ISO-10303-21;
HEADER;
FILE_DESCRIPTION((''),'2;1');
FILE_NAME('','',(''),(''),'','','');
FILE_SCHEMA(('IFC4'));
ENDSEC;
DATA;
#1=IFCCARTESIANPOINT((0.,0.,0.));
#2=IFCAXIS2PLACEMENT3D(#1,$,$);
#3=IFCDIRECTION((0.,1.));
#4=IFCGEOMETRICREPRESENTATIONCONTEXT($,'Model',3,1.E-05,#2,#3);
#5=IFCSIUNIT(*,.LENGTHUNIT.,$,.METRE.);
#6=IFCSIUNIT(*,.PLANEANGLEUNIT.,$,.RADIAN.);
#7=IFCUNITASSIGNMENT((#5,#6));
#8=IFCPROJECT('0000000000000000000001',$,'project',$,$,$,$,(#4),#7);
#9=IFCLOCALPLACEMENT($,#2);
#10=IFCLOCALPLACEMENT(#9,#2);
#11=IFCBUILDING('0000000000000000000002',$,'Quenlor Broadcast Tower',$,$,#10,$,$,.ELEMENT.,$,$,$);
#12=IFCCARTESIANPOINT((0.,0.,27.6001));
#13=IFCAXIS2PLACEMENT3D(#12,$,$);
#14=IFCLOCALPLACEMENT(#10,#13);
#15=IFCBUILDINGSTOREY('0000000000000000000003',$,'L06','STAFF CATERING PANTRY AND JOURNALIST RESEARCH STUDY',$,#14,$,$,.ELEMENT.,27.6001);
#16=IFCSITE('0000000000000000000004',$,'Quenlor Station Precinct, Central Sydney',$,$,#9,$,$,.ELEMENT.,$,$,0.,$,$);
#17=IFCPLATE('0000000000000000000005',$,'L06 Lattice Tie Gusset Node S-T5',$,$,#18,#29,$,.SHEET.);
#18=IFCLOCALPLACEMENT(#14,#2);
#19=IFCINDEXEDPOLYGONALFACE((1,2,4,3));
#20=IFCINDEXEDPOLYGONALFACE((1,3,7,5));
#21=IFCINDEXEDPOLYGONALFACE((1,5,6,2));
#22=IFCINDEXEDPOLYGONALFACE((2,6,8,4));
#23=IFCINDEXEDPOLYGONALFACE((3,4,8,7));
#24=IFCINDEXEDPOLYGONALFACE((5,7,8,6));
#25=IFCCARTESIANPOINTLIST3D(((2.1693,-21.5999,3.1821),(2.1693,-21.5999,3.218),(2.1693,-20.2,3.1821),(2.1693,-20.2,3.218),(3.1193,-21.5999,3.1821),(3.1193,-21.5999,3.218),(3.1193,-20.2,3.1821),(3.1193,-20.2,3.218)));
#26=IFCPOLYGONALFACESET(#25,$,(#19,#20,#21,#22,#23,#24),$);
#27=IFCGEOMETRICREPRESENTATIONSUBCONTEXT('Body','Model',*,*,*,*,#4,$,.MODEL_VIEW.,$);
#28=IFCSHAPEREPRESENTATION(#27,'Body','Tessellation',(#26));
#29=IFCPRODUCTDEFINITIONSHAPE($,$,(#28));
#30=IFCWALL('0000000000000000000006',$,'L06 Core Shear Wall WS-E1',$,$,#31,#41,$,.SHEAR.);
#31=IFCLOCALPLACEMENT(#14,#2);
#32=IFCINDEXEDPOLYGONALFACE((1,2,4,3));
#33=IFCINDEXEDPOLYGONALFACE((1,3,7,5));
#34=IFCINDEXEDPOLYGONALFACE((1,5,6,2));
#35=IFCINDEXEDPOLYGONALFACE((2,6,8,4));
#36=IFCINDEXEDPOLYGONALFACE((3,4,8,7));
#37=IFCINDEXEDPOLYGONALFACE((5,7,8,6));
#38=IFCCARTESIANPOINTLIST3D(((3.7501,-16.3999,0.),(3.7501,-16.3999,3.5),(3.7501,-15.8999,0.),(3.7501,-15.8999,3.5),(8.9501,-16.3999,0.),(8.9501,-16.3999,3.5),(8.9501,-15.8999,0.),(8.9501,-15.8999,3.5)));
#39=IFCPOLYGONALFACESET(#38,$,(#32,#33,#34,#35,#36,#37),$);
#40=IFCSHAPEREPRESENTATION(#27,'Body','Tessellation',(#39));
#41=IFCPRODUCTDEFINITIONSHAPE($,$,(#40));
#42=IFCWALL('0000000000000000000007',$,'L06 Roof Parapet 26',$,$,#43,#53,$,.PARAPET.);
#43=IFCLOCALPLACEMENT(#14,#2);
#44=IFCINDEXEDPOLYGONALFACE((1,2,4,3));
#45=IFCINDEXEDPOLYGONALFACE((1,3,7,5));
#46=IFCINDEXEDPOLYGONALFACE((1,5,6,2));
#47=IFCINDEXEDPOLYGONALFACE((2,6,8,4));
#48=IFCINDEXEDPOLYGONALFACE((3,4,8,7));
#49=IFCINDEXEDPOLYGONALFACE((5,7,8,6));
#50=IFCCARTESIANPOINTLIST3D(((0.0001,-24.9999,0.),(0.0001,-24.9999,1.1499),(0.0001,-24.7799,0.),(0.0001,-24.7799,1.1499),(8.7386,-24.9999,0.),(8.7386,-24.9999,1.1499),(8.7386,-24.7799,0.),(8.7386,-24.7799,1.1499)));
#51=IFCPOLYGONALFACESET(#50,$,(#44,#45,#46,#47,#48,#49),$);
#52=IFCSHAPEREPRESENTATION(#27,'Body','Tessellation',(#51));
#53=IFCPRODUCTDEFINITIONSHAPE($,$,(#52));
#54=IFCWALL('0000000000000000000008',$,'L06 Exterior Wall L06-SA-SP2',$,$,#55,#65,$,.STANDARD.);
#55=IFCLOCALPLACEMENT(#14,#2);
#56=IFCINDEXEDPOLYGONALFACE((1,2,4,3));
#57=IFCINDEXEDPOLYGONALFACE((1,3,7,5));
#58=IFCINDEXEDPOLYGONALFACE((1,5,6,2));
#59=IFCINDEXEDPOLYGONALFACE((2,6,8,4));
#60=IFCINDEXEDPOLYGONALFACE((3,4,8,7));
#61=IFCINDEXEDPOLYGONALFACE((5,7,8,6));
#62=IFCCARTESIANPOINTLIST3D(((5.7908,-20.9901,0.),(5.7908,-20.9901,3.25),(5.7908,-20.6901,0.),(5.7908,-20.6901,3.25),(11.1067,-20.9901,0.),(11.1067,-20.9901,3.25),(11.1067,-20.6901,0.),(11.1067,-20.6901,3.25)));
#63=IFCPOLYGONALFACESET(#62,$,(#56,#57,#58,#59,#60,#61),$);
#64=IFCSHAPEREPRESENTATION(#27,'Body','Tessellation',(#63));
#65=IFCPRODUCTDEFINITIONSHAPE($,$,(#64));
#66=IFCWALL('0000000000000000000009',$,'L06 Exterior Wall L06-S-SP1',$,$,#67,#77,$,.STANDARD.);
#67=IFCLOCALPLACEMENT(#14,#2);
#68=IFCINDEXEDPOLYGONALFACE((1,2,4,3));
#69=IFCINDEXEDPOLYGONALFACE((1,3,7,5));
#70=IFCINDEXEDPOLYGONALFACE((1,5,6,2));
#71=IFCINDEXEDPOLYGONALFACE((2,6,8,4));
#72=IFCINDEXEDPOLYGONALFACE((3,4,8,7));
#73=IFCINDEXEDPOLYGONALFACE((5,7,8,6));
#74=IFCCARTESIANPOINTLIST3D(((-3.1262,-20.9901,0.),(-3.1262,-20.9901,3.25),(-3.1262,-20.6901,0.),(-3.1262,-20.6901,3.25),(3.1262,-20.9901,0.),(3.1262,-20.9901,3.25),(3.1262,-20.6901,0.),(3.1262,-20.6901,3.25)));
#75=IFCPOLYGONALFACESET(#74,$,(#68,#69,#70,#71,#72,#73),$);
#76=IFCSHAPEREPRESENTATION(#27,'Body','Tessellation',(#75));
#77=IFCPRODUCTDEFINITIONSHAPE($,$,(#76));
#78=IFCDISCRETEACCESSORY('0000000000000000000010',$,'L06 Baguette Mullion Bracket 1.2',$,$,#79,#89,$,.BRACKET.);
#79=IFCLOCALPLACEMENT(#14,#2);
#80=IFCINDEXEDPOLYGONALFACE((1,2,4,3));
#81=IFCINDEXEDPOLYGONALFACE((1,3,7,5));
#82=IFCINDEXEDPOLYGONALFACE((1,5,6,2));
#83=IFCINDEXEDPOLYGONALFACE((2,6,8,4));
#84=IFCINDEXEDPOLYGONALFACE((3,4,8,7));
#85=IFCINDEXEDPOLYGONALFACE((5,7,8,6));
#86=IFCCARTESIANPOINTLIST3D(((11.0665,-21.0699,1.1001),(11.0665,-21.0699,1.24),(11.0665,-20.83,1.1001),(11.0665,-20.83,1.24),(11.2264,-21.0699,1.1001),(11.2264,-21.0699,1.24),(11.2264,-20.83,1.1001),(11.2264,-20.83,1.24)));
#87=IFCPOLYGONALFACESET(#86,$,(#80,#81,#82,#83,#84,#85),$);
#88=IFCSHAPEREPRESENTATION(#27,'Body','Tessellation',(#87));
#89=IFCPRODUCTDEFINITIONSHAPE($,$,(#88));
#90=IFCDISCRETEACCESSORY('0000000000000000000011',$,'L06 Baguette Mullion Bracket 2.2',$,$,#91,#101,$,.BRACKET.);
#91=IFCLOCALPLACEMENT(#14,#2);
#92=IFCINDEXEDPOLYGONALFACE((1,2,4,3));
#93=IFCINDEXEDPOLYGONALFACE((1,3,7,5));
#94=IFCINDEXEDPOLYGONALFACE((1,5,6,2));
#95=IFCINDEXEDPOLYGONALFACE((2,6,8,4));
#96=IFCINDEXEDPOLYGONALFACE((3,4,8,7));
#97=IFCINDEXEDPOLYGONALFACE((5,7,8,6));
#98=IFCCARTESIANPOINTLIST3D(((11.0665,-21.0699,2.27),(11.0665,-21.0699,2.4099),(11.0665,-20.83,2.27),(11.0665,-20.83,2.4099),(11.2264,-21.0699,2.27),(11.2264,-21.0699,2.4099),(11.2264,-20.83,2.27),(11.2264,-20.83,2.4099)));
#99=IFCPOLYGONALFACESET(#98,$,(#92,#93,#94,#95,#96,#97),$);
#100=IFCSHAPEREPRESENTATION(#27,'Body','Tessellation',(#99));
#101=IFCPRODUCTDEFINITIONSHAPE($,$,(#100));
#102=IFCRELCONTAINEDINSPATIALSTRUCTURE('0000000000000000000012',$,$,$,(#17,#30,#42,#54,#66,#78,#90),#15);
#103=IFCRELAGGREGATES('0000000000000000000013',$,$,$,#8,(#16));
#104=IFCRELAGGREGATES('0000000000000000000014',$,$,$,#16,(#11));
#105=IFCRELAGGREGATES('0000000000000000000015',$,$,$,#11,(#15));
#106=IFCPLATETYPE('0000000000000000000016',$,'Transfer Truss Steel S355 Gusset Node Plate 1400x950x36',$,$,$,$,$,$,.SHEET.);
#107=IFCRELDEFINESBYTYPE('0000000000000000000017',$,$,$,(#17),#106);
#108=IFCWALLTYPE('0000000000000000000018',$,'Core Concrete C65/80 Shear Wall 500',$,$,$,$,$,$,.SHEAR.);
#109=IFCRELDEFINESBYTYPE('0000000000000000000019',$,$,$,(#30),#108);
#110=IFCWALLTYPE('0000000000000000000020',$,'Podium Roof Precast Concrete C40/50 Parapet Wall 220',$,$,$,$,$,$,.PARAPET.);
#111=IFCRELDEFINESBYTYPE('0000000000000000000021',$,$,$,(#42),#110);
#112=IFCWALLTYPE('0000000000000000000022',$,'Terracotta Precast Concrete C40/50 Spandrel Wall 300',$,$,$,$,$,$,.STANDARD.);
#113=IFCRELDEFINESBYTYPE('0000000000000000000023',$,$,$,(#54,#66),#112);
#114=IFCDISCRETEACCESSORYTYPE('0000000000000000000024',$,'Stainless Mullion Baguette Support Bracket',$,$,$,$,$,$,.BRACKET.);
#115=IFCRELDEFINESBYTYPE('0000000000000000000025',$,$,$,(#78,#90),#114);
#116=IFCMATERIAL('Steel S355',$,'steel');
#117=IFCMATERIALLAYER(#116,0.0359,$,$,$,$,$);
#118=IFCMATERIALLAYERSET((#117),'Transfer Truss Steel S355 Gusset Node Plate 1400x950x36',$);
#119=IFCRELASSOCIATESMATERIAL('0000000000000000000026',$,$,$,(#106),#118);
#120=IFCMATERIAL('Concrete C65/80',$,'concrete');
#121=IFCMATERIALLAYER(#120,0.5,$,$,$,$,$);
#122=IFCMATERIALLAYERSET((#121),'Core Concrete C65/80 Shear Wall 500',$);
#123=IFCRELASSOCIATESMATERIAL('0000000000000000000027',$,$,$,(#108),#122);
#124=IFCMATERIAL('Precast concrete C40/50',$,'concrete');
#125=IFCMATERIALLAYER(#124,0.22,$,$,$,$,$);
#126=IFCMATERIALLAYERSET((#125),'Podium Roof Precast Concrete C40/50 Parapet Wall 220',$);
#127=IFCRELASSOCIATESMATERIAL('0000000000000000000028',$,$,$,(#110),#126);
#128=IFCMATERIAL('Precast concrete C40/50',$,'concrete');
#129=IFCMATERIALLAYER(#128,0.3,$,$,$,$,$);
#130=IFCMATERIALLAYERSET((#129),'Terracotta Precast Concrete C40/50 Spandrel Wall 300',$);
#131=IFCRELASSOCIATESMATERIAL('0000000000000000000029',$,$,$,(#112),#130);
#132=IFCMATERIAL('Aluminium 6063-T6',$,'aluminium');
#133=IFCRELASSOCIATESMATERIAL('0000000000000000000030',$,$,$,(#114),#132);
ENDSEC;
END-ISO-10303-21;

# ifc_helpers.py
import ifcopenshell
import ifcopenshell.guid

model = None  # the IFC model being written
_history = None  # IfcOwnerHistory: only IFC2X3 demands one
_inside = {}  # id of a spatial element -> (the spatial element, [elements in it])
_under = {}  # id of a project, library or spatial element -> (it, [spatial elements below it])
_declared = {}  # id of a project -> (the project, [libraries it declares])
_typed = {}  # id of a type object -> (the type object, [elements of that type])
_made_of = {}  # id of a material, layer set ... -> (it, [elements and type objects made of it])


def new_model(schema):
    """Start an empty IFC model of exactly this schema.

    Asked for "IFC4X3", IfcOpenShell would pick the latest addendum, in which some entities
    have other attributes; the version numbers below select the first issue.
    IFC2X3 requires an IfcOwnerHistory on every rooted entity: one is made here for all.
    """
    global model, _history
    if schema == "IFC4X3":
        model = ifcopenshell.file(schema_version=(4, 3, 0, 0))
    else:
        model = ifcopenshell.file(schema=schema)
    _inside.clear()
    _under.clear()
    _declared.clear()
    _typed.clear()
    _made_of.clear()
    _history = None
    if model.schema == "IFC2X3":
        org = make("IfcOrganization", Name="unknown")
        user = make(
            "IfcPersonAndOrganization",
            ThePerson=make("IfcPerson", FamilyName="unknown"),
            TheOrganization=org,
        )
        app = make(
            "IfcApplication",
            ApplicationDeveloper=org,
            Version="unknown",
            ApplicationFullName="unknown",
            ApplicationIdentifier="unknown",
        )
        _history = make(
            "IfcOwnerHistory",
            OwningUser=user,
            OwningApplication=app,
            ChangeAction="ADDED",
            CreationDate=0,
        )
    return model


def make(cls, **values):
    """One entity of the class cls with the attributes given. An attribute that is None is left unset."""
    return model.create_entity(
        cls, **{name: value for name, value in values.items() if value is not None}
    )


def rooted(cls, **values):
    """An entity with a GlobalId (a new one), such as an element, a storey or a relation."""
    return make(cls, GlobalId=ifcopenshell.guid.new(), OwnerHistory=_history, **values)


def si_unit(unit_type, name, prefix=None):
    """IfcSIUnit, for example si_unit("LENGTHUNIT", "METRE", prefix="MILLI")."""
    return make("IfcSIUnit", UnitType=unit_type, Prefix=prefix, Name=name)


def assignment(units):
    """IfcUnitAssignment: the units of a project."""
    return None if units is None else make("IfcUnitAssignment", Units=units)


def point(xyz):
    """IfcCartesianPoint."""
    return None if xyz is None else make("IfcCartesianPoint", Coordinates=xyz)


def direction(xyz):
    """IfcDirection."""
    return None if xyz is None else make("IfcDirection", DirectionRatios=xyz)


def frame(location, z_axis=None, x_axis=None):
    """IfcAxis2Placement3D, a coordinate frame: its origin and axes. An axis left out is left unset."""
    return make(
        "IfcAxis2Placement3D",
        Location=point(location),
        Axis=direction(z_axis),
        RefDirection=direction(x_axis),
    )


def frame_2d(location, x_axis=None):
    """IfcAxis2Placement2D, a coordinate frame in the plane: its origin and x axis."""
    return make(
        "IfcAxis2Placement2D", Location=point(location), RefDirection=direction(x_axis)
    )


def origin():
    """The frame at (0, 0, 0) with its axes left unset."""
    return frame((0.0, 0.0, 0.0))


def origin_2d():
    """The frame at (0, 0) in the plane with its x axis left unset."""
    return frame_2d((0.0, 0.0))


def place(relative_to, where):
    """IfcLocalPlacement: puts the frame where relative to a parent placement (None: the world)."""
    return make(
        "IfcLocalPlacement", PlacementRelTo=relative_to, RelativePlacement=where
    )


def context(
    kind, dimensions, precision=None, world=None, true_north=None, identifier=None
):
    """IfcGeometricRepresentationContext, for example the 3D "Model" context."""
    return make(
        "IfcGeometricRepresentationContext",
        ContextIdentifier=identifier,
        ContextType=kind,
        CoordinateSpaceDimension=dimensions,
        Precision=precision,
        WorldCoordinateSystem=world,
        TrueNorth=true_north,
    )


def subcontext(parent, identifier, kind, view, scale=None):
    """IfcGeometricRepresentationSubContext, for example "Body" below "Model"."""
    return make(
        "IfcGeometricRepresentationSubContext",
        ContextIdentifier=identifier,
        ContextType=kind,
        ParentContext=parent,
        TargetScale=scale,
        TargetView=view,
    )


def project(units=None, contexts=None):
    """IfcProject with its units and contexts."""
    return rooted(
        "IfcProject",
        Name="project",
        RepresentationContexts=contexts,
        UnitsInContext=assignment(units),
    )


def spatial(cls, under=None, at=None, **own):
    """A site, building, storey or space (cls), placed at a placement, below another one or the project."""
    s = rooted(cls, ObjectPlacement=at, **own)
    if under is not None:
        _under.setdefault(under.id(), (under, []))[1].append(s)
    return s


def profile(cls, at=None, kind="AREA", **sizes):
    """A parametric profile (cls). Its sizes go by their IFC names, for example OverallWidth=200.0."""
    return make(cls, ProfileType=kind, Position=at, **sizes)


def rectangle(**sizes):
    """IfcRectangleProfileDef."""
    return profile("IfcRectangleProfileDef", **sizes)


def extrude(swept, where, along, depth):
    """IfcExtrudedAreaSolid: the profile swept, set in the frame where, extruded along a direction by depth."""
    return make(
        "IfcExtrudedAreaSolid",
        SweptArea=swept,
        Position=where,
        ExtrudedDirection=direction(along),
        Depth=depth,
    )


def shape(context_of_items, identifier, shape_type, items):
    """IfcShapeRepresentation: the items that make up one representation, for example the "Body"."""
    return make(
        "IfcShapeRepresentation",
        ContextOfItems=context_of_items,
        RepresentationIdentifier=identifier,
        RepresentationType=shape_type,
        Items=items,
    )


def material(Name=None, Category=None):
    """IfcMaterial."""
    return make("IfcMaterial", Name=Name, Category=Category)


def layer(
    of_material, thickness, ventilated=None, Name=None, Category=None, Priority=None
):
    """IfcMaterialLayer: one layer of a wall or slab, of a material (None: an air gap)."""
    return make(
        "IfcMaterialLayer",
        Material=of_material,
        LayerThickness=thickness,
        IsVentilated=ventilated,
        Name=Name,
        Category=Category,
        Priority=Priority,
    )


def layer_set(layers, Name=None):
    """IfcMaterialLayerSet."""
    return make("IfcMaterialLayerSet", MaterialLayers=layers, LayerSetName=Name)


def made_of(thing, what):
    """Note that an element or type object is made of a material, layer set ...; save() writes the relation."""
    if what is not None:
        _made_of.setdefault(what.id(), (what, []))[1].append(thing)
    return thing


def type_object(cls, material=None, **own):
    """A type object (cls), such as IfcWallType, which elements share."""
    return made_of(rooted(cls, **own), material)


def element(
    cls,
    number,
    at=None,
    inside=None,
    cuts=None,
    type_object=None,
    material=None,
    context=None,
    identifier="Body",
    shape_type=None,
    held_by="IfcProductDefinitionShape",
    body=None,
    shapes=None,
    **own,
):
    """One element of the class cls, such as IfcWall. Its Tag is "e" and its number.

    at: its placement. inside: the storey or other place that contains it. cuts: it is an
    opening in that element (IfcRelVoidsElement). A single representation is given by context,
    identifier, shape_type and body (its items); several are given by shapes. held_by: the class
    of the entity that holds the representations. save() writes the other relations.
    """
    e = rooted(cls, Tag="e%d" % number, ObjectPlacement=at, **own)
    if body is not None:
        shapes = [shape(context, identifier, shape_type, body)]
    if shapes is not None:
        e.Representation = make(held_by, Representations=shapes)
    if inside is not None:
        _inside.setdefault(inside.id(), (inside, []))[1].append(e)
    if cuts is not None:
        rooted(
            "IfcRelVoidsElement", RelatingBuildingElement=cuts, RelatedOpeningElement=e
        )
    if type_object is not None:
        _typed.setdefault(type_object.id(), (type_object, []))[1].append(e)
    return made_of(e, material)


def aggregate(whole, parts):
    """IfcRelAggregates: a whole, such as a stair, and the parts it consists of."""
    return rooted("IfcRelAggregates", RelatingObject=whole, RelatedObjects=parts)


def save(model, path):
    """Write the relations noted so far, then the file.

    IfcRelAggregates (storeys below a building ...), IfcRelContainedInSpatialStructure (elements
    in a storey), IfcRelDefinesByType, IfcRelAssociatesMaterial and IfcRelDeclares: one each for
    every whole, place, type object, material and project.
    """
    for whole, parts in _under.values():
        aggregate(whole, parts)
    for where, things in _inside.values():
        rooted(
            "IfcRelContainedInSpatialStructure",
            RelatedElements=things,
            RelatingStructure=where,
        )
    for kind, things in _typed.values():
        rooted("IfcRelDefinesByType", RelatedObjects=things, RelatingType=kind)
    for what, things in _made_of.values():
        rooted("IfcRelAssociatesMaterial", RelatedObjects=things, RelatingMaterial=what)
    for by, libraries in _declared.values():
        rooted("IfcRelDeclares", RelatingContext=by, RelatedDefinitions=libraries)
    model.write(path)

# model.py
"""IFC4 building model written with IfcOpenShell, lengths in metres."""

from ifc_helpers import new_model, si_unit, direction, frame, frame_2d, origin, origin_2d, place, context, subcontext, project, spatial, rectangle, extrude, material, layer, layer_set, type_object, element, save


model = new_model("IFC4")

# Units and contexts
model_context = context("Model", 3, precision=1e-05, world=origin(), true_north=direction((0.0, 1.0)))
body_context = subcontext(model_context, "Body", "Model", "MODEL_VIEW")
ifc_project = project(units=[si_unit("LENGTHUNIT", "METRE"), si_unit("PLANEANGLEUNIT", "RADIAN")], contexts=[model_context])

# Site, building, storey
site_placement = place(None, origin())
site = spatial("IfcSite", under=ifc_project, at=site_placement, Name="Quenlor Station Precinct, Central Sydney", CompositionType="ELEMENT", RefElevation=0.0)
building_placement = place(site_placement, origin())
building = spatial("IfcBuilding", under=site, at=building_placement, Name="Quenlor Broadcast Tower", CompositionType="ELEMENT")
storey_placement = place(building_placement, frame((0.0, 0.0, 27.6001)))
storey = spatial("IfcBuildingStorey", under=building, at=storey_placement, Name="L06", Description="STAFF CATERING PANTRY AND JOURNALIST RESEARCH STUDY", CompositionType="ELEMENT", Elevation=27.6001)

# Plate
ifc_material_1 = material(Name="Steel S355", Category="steel")
ifc_layer_1 = layer(ifc_material_1, 0.0359)
ifc_layer_set_1 = layer_set([ifc_layer_1], Name="Transfer Truss Steel S355 Gusset Node Plate 1400x950x36")
plate_type_1 = type_object("IfcPlateType", Name="Transfer Truss Steel S355 Gusset Node Plate 1400x950x36", PredefinedType="SHEET", material=ifc_layer_set_1)
for number, where, z_axis, x_axis, name in (
    (1, (2.6443, -20.8999, 3.1821), (0.0, 0.0, 1.0), (0.0, -1.0, 0.0), "L06 Lattice Tie Gusset Node S-T5"),
):
    element("IfcPlate", number, at=place(storey_placement, frame(where, z_axis=z_axis, x_axis=x_axis)), inside=storey, type_object=plate_type_1, Name=name, PredefinedType="SHEET", context=body_context, shape_type="SweptSolid", body=[
        extrude(rectangle(XDim=1.3999, YDim=0.95, at=origin_2d()), origin(), (0.0, 0.0, 1.0), 0.0359),
    ])

# Walls
ifc_material_2 = material(Name="Concrete C65/80", Category="concrete")
ifc_layer_2 = layer(ifc_material_2, 0.5)
ifc_layer_set_2 = layer_set([ifc_layer_2], Name="Core Concrete C65/80 Shear Wall 500")
wall_type_1 = type_object("IfcWallType", Name="Core Concrete C65/80 Shear Wall 500", PredefinedType="SHEAR", material=ifc_layer_set_2)
wall_1_placement = place(storey_placement, frame((3.75, -16.1499, 0.0), z_axis=(0.0, 0.0, 1.0), x_axis=(1.0, 0.0, 0.0)))
element("IfcWall", 2, at=wall_1_placement, inside=storey, type_object=wall_type_1, Name="L06 Core Shear Wall WS-E1", PredefinedType="SHEAR", context=body_context, shape_type="SweptSolid", body=[
    extrude(rectangle(XDim=5.2, YDim=0.5, at=frame_2d((2.6001, 0.0))), origin(), (0.0, 0.0, 1.0), 3.5),
])
ifc_material_3 = material(Name="Precast concrete C40/50", Category="concrete")
ifc_layer_3 = layer(ifc_material_3, 0.22)
ifc_layer_set_3 = layer_set([ifc_layer_3], Name="Podium Roof Precast Concrete C40/50 Parapet Wall 220")
wall_type_2 = type_object("IfcWallType", Name="Podium Roof Precast Concrete C40/50 Parapet Wall 220", PredefinedType="PARAPET", material=ifc_layer_set_3)
wall_2_placement = place(storey_placement, frame((8.7385, -24.8899, 0.0), z_axis=(0.0, 0.0, 1.0), x_axis=(-1.0, 0.0, 0.0)))
element("IfcWall", 3, at=wall_2_placement, inside=storey, type_object=wall_type_2, Name="L06 Roof Parapet 26", PredefinedType="PARAPET", context=body_context, shape_type="SweptSolid", body=[
    extrude(rectangle(XDim=8.7385, YDim=0.22, at=frame_2d((4.3691, 0.0))), origin(), (0.0, 0.0, 1.0), 1.1499),
])
ifc_material_4 = material(Name="Precast concrete C40/50", Category="concrete")
ifc_layer_4 = layer(ifc_material_4, 0.3)
ifc_layer_set_4 = layer_set([ifc_layer_4], Name="Terracotta Precast Concrete C40/50 Spandrel Wall 300")
wall_type_3 = type_object("IfcWallType", Name="Terracotta Precast Concrete C40/50 Spandrel Wall 300", PredefinedType="STANDARD", material=ifc_layer_set_4)
wall_3_placement = place(storey_placement, frame((11.1067, -20.8401, 0.0), z_axis=(0.0, 0.0, 1.0), x_axis=(-1.0, 0.0, 0.0)))
element("IfcWall", 4, at=wall_3_placement, inside=storey, type_object=wall_type_3, Name="L06 Exterior Wall L06-SA-SP2", PredefinedType="STANDARD", context=body_context, shape_type="SweptSolid", body=[
    extrude(rectangle(XDim=5.3159, YDim=0.3, at=frame_2d((2.658, 0.0))), origin(), (0.0, 0.0, 1.0), 3.25),
])
wall_4_placement = place(storey_placement, frame((3.1262, -20.8401, 0.0), z_axis=(0.0, 0.0, 1.0), x_axis=(-1.0, 0.0, 0.0)))
element("IfcWall", 5, at=wall_4_placement, inside=storey, type_object=wall_type_3, Name="L06 Exterior Wall L06-S-SP1", PredefinedType="STANDARD", context=body_context, shape_type="SweptSolid", body=[
    extrude(rectangle(XDim=6.2524, YDim=0.3, at=frame_2d((3.1262, 0.0))), origin(), (0.0, 0.0, 1.0), 3.25),
])

# Discrete accessories
ifc_material_5 = material(Name="Aluminium 6063-T6", Category="aluminium")
discrete_accessory_type = type_object("IfcDiscreteAccessoryType", Name="Stainless Mullion Baguette Support Bracket", PredefinedType="BRACKET", material=ifc_material_5)
for number, where, z_axis, x_axis, name in (
    (6, (11.1465, -20.95, 1.1001), (0.0, 0.0, 1.0), (-1.0, 0.0, 0.0), "L06 Baguette Mullion Bracket 1.2"),
    (7, (11.1465, -20.95, 2.27), (0.0, 0.0, 1.0), (-1.0, 0.0, 0.0), "L06 Baguette Mullion Bracket 2.2"),
):
    element("IfcDiscreteAccessory", number, at=place(storey_placement, frame(where, z_axis=z_axis, x_axis=x_axis)), inside=storey, type_object=discrete_accessory_type, Name=name, PredefinedType="BRACKET", context=body_context, shape_type="SweptSolid", body=[
        extrude(rectangle(XDim=0.1599, YDim=0.24, at=origin_2d()), origin(), (0.0, 0.0, 1.0), 0.1399),
    ])

save(model, "model.ifc")
